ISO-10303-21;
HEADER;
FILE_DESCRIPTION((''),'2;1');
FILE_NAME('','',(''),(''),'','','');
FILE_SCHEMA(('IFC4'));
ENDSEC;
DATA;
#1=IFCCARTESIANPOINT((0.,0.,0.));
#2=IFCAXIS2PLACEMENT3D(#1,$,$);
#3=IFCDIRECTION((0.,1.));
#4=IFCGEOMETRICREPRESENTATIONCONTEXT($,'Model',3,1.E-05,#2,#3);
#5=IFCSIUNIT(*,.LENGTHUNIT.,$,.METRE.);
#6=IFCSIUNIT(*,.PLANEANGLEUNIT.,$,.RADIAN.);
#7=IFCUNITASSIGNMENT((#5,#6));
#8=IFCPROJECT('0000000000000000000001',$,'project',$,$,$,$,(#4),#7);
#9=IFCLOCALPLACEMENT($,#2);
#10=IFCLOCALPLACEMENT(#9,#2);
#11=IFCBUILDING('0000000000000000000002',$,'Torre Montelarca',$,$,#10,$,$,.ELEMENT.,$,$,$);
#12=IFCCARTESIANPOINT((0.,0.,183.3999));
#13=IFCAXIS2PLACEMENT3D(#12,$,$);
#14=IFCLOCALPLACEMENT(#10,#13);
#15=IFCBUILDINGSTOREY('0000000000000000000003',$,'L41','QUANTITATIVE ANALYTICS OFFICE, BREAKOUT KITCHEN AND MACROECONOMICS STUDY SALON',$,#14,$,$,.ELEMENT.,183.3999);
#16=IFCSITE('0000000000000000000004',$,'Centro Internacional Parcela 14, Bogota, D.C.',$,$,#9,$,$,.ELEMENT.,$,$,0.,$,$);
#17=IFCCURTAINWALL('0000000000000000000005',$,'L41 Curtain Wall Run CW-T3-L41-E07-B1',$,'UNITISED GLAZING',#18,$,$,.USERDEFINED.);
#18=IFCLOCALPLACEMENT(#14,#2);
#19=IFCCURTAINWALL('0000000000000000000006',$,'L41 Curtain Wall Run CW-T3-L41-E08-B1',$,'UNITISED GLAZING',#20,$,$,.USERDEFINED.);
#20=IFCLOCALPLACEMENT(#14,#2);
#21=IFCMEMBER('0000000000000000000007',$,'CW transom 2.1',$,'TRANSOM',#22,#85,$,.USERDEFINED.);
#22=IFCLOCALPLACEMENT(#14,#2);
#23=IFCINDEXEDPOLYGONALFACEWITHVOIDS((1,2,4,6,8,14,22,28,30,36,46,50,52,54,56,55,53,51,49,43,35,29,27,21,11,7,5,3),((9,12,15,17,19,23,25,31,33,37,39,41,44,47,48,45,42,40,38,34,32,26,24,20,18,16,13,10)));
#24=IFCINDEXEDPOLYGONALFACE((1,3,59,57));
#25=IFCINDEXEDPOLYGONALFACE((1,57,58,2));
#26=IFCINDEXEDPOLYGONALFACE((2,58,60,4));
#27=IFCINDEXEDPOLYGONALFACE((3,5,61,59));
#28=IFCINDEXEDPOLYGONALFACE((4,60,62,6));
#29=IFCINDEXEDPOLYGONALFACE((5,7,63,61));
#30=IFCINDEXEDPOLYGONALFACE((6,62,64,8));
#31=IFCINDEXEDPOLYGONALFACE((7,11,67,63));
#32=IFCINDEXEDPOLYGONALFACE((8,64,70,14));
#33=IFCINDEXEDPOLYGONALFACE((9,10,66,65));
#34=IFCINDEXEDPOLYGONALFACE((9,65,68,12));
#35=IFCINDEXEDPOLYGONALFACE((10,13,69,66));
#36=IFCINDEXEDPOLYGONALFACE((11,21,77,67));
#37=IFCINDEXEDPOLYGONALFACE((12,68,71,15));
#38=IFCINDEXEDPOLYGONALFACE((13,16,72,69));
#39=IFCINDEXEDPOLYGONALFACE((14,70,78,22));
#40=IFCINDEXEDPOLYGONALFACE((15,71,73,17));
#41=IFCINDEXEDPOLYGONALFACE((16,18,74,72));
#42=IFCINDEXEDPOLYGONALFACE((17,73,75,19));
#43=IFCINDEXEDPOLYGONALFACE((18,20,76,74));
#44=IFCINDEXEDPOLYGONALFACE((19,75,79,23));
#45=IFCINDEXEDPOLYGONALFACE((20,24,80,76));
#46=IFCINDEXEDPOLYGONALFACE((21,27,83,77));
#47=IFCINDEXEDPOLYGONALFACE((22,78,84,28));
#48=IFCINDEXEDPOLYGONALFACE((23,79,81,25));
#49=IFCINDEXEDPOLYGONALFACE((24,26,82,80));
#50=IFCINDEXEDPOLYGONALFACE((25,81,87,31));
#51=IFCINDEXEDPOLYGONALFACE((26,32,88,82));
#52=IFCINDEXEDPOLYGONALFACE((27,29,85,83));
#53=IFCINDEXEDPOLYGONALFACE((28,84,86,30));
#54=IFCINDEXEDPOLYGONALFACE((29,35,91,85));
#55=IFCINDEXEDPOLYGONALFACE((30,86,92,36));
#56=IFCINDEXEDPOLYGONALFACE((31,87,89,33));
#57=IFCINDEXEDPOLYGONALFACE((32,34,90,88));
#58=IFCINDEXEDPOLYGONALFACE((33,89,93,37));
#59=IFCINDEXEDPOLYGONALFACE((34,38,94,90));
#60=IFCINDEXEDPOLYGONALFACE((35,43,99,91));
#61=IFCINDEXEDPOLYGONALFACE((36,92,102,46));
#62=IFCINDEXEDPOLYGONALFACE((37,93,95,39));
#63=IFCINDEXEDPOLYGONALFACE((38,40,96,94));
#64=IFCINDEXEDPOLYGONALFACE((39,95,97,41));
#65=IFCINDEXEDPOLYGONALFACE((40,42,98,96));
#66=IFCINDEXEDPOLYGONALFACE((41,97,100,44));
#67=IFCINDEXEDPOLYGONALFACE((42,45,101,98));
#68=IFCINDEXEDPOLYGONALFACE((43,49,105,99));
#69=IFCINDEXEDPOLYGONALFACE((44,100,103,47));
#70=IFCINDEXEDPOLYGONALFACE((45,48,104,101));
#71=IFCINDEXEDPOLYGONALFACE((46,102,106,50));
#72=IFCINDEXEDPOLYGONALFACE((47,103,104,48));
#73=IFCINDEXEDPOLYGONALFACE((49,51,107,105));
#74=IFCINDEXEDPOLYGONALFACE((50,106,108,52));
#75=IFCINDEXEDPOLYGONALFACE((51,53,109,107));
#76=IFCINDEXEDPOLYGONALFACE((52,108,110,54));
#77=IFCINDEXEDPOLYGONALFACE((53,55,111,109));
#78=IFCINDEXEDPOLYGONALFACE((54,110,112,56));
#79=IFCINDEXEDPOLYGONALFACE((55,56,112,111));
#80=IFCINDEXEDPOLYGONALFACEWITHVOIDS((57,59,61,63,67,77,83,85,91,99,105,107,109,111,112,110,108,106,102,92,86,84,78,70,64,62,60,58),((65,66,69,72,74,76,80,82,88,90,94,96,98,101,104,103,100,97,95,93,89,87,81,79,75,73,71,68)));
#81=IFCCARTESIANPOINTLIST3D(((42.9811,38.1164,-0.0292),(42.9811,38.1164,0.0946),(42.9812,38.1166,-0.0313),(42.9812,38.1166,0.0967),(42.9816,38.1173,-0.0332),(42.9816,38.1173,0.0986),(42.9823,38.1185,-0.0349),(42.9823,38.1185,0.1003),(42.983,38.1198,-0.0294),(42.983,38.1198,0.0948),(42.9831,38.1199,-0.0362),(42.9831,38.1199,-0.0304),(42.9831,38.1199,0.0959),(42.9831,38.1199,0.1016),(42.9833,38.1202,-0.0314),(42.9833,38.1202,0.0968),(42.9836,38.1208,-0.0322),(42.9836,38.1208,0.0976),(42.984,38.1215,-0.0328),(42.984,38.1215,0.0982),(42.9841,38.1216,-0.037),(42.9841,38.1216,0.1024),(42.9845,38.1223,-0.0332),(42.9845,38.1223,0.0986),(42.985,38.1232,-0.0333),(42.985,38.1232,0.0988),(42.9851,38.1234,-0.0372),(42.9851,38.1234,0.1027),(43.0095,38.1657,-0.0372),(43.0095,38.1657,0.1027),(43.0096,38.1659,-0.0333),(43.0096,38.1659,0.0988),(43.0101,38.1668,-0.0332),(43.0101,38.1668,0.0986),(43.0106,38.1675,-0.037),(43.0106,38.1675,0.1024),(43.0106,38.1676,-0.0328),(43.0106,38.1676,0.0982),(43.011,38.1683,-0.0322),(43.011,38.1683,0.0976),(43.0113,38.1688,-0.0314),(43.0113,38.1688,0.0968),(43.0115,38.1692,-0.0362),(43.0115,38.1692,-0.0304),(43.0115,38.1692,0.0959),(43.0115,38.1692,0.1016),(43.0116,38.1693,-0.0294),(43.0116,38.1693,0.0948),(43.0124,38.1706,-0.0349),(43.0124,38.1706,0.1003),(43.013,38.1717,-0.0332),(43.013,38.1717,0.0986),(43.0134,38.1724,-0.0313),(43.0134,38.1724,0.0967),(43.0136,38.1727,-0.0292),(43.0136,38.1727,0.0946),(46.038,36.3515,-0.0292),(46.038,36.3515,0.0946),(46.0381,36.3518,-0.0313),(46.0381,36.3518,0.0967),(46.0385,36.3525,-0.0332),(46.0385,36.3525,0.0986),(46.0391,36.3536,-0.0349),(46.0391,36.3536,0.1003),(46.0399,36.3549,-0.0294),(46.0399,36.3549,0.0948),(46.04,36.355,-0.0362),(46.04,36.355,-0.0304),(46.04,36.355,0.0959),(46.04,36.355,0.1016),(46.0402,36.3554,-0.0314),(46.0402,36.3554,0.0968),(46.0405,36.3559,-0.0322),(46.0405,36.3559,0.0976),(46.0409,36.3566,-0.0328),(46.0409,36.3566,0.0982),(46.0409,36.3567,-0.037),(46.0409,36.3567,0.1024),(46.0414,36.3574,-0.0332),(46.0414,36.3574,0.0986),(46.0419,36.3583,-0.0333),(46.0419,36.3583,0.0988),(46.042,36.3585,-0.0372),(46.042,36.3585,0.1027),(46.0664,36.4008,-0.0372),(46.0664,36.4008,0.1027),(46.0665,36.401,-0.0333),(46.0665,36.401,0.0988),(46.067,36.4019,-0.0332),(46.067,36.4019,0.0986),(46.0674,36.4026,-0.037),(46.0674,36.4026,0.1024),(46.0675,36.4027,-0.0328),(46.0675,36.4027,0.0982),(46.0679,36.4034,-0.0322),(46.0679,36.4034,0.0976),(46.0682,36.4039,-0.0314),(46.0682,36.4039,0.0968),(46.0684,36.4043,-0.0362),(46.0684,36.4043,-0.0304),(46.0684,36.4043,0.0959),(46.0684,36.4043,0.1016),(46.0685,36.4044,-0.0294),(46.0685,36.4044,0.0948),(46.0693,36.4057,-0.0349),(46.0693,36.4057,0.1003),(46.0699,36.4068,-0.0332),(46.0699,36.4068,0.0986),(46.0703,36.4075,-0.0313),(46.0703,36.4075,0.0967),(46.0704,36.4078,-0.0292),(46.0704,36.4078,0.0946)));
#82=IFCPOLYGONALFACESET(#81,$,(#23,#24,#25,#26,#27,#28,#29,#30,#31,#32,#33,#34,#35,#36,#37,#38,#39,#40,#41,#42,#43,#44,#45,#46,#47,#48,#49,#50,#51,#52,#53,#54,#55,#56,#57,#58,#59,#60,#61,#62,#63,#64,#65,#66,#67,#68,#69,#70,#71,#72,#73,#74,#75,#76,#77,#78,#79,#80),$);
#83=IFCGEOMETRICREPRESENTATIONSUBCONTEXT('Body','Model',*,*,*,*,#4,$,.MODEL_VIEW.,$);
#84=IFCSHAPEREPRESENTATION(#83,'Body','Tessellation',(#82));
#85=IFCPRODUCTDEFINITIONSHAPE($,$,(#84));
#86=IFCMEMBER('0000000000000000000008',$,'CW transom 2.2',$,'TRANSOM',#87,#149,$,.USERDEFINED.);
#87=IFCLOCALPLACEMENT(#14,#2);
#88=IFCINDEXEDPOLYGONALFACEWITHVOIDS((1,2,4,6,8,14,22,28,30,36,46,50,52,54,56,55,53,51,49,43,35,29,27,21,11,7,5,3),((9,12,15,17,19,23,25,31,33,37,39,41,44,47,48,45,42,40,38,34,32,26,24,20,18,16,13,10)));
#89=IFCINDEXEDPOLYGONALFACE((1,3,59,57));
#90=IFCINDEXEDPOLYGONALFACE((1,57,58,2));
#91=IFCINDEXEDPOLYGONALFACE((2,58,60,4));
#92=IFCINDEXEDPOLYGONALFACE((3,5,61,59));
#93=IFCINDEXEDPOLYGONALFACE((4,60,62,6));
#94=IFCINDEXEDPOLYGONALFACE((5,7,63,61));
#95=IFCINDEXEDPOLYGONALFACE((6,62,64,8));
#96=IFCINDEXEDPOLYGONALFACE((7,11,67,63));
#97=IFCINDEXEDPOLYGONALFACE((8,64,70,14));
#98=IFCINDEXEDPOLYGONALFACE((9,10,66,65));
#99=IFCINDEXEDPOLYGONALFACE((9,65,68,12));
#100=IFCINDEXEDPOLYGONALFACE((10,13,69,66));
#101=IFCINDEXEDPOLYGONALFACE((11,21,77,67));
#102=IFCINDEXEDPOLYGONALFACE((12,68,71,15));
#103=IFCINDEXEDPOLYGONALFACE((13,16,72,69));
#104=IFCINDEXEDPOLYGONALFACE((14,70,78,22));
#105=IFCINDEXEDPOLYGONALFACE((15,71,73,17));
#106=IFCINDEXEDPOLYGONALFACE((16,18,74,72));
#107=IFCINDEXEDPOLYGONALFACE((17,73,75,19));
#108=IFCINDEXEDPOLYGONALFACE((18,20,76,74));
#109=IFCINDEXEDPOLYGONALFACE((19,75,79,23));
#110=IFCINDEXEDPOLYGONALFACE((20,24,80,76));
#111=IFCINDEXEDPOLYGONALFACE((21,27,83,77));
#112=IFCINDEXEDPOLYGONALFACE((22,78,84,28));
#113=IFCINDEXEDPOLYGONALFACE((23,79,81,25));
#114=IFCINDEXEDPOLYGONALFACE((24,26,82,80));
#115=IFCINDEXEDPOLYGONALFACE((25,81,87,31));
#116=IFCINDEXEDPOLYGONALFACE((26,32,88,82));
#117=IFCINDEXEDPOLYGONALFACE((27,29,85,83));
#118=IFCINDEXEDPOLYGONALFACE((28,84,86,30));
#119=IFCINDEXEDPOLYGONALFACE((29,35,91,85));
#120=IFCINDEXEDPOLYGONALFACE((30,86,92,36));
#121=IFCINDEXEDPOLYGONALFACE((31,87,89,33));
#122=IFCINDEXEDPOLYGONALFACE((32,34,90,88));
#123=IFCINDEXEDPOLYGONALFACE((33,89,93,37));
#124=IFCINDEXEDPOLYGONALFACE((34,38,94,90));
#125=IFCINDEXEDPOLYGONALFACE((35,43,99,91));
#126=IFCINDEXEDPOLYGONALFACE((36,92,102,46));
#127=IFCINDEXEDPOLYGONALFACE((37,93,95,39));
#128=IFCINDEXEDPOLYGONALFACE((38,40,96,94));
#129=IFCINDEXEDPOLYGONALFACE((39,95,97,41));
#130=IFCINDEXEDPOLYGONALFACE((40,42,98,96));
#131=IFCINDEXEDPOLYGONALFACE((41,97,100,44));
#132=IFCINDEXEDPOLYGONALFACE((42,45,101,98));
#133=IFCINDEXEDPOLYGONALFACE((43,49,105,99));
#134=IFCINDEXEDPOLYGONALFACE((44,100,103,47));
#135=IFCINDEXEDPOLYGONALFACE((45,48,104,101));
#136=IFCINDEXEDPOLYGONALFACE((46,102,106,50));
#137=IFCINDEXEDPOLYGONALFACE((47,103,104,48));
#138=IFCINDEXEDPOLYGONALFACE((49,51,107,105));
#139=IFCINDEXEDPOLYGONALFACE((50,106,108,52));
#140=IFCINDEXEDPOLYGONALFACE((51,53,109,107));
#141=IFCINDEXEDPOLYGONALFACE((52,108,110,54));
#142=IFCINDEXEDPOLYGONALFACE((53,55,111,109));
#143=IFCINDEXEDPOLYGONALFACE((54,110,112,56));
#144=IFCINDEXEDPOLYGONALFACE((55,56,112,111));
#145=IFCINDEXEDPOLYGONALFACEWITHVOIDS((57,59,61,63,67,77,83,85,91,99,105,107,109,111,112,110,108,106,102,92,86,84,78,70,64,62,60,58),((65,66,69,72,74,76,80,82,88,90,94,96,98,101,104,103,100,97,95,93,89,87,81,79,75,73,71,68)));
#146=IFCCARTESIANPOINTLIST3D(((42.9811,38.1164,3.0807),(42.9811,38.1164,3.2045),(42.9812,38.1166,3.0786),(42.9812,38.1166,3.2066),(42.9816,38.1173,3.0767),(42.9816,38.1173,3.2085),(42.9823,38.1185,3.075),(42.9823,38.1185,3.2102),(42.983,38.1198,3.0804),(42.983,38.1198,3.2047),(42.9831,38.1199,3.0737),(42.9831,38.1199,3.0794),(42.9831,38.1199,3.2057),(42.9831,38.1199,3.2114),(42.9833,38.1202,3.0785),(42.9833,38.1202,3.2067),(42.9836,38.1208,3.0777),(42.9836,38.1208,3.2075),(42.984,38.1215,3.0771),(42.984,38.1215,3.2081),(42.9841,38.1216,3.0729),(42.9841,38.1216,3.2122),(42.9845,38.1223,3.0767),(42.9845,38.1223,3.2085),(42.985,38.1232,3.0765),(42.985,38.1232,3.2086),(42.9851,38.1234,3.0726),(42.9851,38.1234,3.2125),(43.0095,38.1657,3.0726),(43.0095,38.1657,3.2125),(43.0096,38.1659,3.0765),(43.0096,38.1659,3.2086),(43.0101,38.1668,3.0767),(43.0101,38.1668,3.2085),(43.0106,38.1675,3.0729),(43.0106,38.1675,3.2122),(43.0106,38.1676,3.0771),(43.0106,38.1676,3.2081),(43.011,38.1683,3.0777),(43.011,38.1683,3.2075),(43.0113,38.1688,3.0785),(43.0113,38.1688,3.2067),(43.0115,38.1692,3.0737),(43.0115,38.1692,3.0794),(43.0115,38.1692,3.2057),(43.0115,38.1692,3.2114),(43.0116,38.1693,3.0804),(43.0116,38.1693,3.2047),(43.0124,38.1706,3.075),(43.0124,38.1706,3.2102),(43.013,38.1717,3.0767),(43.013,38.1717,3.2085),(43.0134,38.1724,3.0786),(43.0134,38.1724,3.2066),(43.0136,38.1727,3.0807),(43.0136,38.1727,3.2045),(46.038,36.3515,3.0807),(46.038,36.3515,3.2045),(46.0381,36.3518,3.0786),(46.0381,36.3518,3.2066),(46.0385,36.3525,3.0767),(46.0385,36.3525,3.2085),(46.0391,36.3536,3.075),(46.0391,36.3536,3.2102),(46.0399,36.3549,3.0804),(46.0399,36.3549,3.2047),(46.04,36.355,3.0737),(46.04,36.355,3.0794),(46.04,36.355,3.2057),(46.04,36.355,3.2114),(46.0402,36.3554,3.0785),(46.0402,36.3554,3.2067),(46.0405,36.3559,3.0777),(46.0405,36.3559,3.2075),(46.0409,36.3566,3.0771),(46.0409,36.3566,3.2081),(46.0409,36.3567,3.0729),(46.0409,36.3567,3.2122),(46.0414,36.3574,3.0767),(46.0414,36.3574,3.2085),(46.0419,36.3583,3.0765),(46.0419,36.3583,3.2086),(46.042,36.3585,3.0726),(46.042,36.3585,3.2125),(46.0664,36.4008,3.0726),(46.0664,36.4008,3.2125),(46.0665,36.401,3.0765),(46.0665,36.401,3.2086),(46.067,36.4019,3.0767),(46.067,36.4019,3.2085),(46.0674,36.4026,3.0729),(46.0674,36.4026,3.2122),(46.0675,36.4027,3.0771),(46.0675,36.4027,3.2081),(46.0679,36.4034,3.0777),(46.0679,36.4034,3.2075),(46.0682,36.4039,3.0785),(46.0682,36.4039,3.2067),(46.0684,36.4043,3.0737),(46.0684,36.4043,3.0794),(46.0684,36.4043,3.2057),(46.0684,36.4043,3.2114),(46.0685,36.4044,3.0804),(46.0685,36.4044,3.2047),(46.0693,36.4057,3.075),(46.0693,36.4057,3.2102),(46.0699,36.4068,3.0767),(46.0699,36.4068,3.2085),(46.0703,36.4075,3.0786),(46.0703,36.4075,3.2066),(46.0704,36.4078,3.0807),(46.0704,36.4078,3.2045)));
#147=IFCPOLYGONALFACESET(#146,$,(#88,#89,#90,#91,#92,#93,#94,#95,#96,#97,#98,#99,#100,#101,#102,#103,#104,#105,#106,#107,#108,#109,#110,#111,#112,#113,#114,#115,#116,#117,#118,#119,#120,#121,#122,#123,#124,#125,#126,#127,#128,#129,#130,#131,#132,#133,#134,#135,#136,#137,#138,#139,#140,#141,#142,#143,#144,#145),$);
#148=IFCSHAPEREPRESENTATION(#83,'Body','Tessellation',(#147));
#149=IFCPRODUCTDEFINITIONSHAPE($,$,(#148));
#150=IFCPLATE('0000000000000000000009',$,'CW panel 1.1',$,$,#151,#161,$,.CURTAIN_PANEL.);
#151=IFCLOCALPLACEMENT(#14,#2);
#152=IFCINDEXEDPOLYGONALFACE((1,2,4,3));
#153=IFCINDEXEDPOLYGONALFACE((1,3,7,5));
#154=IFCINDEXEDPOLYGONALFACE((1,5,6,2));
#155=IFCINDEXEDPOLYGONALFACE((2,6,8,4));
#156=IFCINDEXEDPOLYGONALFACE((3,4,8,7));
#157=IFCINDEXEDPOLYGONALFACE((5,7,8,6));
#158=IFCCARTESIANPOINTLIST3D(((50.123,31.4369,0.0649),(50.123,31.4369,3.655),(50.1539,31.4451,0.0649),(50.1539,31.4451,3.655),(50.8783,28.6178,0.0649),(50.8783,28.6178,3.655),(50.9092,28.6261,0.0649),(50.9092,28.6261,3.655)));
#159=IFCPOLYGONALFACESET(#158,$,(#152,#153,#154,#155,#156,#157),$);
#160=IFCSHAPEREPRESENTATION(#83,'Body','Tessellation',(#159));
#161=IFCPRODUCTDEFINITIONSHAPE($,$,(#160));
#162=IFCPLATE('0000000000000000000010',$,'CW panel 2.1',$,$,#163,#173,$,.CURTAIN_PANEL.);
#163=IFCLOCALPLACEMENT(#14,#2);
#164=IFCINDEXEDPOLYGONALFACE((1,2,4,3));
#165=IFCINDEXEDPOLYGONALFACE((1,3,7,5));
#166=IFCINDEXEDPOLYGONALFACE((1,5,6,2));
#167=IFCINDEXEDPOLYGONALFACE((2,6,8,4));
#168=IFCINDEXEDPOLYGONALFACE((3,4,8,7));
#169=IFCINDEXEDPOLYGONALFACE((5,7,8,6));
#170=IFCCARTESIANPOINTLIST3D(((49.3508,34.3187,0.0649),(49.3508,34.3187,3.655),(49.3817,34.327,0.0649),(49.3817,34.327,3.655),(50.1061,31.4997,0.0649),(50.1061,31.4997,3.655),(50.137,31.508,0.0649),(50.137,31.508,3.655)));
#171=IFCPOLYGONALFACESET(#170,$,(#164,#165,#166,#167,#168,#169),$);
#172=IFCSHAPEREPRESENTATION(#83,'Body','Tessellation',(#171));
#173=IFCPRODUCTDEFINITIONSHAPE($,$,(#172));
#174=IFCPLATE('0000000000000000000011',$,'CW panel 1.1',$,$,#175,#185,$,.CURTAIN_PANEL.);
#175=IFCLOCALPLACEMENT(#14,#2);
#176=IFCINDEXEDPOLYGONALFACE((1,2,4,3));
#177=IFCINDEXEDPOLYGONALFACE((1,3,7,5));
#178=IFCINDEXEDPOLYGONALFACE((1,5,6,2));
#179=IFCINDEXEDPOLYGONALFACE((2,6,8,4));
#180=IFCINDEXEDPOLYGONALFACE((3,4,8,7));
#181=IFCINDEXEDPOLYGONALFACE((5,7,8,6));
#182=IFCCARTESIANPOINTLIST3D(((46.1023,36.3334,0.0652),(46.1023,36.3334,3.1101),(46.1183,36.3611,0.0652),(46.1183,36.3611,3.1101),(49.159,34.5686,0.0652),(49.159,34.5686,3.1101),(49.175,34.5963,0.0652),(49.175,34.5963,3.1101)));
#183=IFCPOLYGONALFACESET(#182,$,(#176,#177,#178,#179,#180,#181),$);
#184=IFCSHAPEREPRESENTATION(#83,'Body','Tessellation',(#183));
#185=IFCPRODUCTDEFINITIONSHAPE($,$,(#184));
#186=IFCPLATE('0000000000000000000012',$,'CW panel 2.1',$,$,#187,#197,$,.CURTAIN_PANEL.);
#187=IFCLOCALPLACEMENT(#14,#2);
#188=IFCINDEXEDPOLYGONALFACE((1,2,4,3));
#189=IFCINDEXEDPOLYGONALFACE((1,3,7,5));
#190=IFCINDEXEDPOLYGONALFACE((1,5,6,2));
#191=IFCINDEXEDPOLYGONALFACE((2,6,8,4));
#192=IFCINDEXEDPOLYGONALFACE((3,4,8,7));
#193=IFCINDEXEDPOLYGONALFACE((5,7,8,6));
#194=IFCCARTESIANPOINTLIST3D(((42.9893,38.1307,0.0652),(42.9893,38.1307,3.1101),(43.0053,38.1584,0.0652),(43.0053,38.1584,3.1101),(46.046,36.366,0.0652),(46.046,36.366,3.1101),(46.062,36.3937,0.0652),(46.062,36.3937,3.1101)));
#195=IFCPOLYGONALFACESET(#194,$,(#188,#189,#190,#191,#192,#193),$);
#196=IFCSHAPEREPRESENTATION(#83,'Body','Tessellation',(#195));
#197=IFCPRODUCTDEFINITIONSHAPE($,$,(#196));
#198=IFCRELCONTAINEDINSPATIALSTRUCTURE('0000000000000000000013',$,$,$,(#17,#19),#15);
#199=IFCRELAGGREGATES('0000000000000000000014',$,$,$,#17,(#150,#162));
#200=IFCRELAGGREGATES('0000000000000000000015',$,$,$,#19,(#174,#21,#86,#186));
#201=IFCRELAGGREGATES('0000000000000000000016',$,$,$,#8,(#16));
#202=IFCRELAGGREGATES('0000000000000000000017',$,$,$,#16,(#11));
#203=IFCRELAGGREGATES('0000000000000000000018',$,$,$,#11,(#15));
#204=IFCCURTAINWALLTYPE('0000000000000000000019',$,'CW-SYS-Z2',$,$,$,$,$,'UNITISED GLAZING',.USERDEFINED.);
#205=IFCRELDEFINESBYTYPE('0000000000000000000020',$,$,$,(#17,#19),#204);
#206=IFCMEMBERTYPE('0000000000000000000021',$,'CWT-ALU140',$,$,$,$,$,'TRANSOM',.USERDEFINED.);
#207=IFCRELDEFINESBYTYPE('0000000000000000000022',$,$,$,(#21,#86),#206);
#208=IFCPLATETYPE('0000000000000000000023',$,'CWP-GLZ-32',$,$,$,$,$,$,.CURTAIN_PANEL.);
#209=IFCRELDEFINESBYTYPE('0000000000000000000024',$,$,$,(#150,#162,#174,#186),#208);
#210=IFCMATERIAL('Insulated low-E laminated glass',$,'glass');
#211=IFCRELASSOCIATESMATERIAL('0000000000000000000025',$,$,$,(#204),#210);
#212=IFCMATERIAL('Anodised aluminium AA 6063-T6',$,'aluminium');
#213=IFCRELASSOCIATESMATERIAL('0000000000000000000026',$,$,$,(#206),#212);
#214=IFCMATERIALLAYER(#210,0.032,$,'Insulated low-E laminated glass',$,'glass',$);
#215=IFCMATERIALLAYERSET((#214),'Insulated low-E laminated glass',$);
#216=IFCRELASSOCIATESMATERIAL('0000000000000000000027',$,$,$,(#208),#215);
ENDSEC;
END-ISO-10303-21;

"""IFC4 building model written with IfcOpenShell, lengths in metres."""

from ifc_helpers import new_model, si_unit, direction, frame, origin, origin_2d, place, context, subcontext, project, spatial, rectangle, hollow_rectangle, extrude, source, transform, mapped, material, layer, layer_set, material_profile, profile_set, type_object, element, aggregate, save


model = new_model("IFC4")

# Units and contexts
model_context = context("Model", 3, precision=1e-05, world=origin(), true_north=direction((0.0, 1.0)))
body_context = subcontext(model_context, "Body", "Model", "MODEL_VIEW")
ifc_project = project(units=[si_unit("LENGTHUNIT", "METRE"), si_unit("PLANEANGLEUNIT", "RADIAN")], contexts=[model_context])

# Site, building, storey
site_placement = place(None, origin())
site = spatial("IfcSite", under=ifc_project, at=site_placement, Name="Centro Internacional Parcela 14, Bogota, D.C.", CompositionType="ELEMENT", RefElevation=0.0)
building_placement = place(site_placement, origin())
building = spatial("IfcBuilding", under=site, at=building_placement, Name="Torre Montelarca", CompositionType="ELEMENT")
storey_placement = place(building_placement, frame((0.0, 0.0, 183.3999)))
storey = spatial("IfcBuildingStorey", under=building, at=storey_placement, Name="L41", Description="QUANTITATIVE ANALYTICS OFFICE, BREAKOUT KITCHEN AND MACROECONOMICS STUDY SALON", CompositionType="ELEMENT", Elevation=183.3999)

# Curtain walls
ifc_material_1 = material(Name="Insulated low-E laminated glass", Category="glass")
curtain_wall_type = type_object("IfcCurtainWallType", Name="CW-SYS-Z2", ElementType="UNITISED GLAZING", PredefinedType="USERDEFINED", material=ifc_material_1)
curtain_wall_1_placement = place(storey_placement, origin())
curtain_wall_1 = element("IfcCurtainWall", 1, at=curtain_wall_1_placement, inside=storey, type_object=curtain_wall_type, Name="L41 Curtain Wall Run CW-T3-L41-E07-B1", ObjectType="UNITISED GLAZING", PredefinedType="USERDEFINED")
ifc_material_2 = material(Name="Anodised aluminium AA 6063-T6", Category="aluminium")
ifc_material_profile_1 = material_profile(ifc_material_2, hollow_rectangle(XDim=0.0649, YDim=0.1399, WallThickness=0.0039, InnerFilletRadius=0.0039, OuterFilletRadius=0.0081, at=origin_2d()), Name="ALU65X140X4", Category="aluminium")
ifc_profile_set_1 = profile_set([ifc_material_profile_1], Name="Anodised aluminium AA 6063-T6")
member_type_1 = type_object("IfcMemberType", Name="CWT-ALU140", ElementType="TRANSOM", PredefinedType="USERDEFINED", material=ifc_profile_set_1)
curtain_wall_2_placement = place(storey_placement, origin())
curtain_wall_2 = element("IfcCurtainWall", 2, at=curtain_wall_2_placement, inside=storey, type_object=curtain_wall_type, Name="L41 Curtain Wall Run CW-T3-L41-E08-B1", ObjectType="UNITISED GLAZING", PredefinedType="USERDEFINED")

# Members
shared_shape_1 = source(origin(), body_context, "Body", "SweptSolid", [
    extrude(hollow_rectangle(XDim=0.0649, YDim=0.1399, WallThickness=0.0039, InnerFilletRadius=0.0039, OuterFilletRadius=0.0081, at=origin_2d()), origin(), (0.0, 0.0, 1.0), 3.5298),
])
member_1_placement = place(storey_placement, frame((46.0542, 36.3796, 0.0327), z_axis=(-0.866025, 0.5, 0.0), x_axis=(-0.5, -0.866025, 0.0)))
member_1 = element("IfcMember", 3, at=member_1_placement, type_object=member_type_1, Name="CW transom 2.1", ObjectType="TRANSOM", PredefinedType="USERDEFINED", context=body_context, shape_type="MappedRepresentation", body=[
    mapped(shared_shape_1, transform((0.0, 0.0, 0.0), scale=1.0)),
])
member_2_placement = place(storey_placement, frame((46.0542, 36.3796, 3.1426), z_axis=(-0.866025, 0.5, 0.0), x_axis=(-0.5, -0.866025, 0.0)))
member_2 = element("IfcMember", 4, at=member_2_placement, type_object=member_type_1, Name="CW transom 2.2", ObjectType="TRANSOM", PredefinedType="USERDEFINED", context=body_context, shape_type="MappedRepresentation", body=[
    mapped(shared_shape_1, transform((0.0, 0.0, 0.0), scale=1.0)),
])

# Plates
ifc_layer_1 = layer(ifc_material_1, 0.032, Name="Insulated low-E laminated glass", Category="glass")
ifc_layer_set_1 = layer_set([ifc_layer_1], Name="Insulated low-E laminated glass")
plate_type = type_object("IfcPlateType", Name="CWP-GLZ-32", PredefinedType="CURTAIN_PANEL", material=ifc_layer_set_1)
shared_shape_2 = source(origin(), body_context, "Body", "SweptSolid", [
    extrude(rectangle(XDim=2.9185, YDim=0.032, at=origin_2d()), origin(), (0.0, 0.0, 1.0), 3.5901),
])
plate_1_placement = place(storey_placement, frame((50.5161, 30.0315, 0.0649), z_axis=(0.0, 0.0, 1.0), x_axis=(-0.258814, 0.965927, 0.0)))
plate_1 = element("IfcPlate", 5, at=plate_1_placement, type_object=plate_type, Name="CW panel 1.1", PredefinedType="CURTAIN_PANEL", context=body_context, shape_type="MappedRepresentation", body=[
    mapped(shared_shape_2, transform((0.0, 0.0, 0.0), scale=1.0)),
])
plate_2_placement = place(storey_placement, frame((49.7439, 32.9133, 0.0649), z_axis=(0.0, 0.0, 1.0), x_axis=(-0.258814, 0.965927, 0.0)))
plate_2 = element("IfcPlate", 6, at=plate_2_placement, type_object=plate_type, Name="CW panel 2.1", PredefinedType="CURTAIN_PANEL", context=body_context, shape_type="MappedRepresentation", body=[
    mapped(shared_shape_2, transform((0.0, 0.0, 0.0), scale=1.0)),
])
aggregate(curtain_wall_1, [plate_1, plate_2])
shared_shape_3 = source(origin(), body_context, "Body", "SweptSolid", [
    extrude(rectangle(XDim=3.5295, YDim=0.032, at=origin_2d()), origin(), (0.0, 0.0, 1.0), 3.0449),
])
plate_3_placement = place(storey_placement, frame((47.6387, 35.4648, 0.0652), z_axis=(0.0, 0.0, 1.0), x_axis=(-0.866025, 0.500001, 0.0)))
plate_3 = element("IfcPlate", 7, at=plate_3_placement, type_object=plate_type, Name="CW panel 1.1", PredefinedType="CURTAIN_PANEL", context=body_context, shape_type="MappedRepresentation", body=[
    mapped(shared_shape_3, transform((0.0, 0.0, 0.0), scale=1.0)),
])
plate_4_placement = place(storey_placement, frame((44.5256, 37.2622, 0.0652), z_axis=(0.0, 0.0, 1.0), x_axis=(-0.866025, 0.500001, 0.0)))
plate_4 = element("IfcPlate", 8, at=plate_4_placement, type_object=plate_type, Name="CW panel 2.1", PredefinedType="CURTAIN_PANEL", context=body_context, shape_type="MappedRepresentation", body=[
    mapped(shared_shape_3, transform((0.0, 0.0, 0.0), scale=1.0)),
])
aggregate(curtain_wall_2, [plate_3, member_1, member_2, plate_4])

save(model, "model.ifc")
